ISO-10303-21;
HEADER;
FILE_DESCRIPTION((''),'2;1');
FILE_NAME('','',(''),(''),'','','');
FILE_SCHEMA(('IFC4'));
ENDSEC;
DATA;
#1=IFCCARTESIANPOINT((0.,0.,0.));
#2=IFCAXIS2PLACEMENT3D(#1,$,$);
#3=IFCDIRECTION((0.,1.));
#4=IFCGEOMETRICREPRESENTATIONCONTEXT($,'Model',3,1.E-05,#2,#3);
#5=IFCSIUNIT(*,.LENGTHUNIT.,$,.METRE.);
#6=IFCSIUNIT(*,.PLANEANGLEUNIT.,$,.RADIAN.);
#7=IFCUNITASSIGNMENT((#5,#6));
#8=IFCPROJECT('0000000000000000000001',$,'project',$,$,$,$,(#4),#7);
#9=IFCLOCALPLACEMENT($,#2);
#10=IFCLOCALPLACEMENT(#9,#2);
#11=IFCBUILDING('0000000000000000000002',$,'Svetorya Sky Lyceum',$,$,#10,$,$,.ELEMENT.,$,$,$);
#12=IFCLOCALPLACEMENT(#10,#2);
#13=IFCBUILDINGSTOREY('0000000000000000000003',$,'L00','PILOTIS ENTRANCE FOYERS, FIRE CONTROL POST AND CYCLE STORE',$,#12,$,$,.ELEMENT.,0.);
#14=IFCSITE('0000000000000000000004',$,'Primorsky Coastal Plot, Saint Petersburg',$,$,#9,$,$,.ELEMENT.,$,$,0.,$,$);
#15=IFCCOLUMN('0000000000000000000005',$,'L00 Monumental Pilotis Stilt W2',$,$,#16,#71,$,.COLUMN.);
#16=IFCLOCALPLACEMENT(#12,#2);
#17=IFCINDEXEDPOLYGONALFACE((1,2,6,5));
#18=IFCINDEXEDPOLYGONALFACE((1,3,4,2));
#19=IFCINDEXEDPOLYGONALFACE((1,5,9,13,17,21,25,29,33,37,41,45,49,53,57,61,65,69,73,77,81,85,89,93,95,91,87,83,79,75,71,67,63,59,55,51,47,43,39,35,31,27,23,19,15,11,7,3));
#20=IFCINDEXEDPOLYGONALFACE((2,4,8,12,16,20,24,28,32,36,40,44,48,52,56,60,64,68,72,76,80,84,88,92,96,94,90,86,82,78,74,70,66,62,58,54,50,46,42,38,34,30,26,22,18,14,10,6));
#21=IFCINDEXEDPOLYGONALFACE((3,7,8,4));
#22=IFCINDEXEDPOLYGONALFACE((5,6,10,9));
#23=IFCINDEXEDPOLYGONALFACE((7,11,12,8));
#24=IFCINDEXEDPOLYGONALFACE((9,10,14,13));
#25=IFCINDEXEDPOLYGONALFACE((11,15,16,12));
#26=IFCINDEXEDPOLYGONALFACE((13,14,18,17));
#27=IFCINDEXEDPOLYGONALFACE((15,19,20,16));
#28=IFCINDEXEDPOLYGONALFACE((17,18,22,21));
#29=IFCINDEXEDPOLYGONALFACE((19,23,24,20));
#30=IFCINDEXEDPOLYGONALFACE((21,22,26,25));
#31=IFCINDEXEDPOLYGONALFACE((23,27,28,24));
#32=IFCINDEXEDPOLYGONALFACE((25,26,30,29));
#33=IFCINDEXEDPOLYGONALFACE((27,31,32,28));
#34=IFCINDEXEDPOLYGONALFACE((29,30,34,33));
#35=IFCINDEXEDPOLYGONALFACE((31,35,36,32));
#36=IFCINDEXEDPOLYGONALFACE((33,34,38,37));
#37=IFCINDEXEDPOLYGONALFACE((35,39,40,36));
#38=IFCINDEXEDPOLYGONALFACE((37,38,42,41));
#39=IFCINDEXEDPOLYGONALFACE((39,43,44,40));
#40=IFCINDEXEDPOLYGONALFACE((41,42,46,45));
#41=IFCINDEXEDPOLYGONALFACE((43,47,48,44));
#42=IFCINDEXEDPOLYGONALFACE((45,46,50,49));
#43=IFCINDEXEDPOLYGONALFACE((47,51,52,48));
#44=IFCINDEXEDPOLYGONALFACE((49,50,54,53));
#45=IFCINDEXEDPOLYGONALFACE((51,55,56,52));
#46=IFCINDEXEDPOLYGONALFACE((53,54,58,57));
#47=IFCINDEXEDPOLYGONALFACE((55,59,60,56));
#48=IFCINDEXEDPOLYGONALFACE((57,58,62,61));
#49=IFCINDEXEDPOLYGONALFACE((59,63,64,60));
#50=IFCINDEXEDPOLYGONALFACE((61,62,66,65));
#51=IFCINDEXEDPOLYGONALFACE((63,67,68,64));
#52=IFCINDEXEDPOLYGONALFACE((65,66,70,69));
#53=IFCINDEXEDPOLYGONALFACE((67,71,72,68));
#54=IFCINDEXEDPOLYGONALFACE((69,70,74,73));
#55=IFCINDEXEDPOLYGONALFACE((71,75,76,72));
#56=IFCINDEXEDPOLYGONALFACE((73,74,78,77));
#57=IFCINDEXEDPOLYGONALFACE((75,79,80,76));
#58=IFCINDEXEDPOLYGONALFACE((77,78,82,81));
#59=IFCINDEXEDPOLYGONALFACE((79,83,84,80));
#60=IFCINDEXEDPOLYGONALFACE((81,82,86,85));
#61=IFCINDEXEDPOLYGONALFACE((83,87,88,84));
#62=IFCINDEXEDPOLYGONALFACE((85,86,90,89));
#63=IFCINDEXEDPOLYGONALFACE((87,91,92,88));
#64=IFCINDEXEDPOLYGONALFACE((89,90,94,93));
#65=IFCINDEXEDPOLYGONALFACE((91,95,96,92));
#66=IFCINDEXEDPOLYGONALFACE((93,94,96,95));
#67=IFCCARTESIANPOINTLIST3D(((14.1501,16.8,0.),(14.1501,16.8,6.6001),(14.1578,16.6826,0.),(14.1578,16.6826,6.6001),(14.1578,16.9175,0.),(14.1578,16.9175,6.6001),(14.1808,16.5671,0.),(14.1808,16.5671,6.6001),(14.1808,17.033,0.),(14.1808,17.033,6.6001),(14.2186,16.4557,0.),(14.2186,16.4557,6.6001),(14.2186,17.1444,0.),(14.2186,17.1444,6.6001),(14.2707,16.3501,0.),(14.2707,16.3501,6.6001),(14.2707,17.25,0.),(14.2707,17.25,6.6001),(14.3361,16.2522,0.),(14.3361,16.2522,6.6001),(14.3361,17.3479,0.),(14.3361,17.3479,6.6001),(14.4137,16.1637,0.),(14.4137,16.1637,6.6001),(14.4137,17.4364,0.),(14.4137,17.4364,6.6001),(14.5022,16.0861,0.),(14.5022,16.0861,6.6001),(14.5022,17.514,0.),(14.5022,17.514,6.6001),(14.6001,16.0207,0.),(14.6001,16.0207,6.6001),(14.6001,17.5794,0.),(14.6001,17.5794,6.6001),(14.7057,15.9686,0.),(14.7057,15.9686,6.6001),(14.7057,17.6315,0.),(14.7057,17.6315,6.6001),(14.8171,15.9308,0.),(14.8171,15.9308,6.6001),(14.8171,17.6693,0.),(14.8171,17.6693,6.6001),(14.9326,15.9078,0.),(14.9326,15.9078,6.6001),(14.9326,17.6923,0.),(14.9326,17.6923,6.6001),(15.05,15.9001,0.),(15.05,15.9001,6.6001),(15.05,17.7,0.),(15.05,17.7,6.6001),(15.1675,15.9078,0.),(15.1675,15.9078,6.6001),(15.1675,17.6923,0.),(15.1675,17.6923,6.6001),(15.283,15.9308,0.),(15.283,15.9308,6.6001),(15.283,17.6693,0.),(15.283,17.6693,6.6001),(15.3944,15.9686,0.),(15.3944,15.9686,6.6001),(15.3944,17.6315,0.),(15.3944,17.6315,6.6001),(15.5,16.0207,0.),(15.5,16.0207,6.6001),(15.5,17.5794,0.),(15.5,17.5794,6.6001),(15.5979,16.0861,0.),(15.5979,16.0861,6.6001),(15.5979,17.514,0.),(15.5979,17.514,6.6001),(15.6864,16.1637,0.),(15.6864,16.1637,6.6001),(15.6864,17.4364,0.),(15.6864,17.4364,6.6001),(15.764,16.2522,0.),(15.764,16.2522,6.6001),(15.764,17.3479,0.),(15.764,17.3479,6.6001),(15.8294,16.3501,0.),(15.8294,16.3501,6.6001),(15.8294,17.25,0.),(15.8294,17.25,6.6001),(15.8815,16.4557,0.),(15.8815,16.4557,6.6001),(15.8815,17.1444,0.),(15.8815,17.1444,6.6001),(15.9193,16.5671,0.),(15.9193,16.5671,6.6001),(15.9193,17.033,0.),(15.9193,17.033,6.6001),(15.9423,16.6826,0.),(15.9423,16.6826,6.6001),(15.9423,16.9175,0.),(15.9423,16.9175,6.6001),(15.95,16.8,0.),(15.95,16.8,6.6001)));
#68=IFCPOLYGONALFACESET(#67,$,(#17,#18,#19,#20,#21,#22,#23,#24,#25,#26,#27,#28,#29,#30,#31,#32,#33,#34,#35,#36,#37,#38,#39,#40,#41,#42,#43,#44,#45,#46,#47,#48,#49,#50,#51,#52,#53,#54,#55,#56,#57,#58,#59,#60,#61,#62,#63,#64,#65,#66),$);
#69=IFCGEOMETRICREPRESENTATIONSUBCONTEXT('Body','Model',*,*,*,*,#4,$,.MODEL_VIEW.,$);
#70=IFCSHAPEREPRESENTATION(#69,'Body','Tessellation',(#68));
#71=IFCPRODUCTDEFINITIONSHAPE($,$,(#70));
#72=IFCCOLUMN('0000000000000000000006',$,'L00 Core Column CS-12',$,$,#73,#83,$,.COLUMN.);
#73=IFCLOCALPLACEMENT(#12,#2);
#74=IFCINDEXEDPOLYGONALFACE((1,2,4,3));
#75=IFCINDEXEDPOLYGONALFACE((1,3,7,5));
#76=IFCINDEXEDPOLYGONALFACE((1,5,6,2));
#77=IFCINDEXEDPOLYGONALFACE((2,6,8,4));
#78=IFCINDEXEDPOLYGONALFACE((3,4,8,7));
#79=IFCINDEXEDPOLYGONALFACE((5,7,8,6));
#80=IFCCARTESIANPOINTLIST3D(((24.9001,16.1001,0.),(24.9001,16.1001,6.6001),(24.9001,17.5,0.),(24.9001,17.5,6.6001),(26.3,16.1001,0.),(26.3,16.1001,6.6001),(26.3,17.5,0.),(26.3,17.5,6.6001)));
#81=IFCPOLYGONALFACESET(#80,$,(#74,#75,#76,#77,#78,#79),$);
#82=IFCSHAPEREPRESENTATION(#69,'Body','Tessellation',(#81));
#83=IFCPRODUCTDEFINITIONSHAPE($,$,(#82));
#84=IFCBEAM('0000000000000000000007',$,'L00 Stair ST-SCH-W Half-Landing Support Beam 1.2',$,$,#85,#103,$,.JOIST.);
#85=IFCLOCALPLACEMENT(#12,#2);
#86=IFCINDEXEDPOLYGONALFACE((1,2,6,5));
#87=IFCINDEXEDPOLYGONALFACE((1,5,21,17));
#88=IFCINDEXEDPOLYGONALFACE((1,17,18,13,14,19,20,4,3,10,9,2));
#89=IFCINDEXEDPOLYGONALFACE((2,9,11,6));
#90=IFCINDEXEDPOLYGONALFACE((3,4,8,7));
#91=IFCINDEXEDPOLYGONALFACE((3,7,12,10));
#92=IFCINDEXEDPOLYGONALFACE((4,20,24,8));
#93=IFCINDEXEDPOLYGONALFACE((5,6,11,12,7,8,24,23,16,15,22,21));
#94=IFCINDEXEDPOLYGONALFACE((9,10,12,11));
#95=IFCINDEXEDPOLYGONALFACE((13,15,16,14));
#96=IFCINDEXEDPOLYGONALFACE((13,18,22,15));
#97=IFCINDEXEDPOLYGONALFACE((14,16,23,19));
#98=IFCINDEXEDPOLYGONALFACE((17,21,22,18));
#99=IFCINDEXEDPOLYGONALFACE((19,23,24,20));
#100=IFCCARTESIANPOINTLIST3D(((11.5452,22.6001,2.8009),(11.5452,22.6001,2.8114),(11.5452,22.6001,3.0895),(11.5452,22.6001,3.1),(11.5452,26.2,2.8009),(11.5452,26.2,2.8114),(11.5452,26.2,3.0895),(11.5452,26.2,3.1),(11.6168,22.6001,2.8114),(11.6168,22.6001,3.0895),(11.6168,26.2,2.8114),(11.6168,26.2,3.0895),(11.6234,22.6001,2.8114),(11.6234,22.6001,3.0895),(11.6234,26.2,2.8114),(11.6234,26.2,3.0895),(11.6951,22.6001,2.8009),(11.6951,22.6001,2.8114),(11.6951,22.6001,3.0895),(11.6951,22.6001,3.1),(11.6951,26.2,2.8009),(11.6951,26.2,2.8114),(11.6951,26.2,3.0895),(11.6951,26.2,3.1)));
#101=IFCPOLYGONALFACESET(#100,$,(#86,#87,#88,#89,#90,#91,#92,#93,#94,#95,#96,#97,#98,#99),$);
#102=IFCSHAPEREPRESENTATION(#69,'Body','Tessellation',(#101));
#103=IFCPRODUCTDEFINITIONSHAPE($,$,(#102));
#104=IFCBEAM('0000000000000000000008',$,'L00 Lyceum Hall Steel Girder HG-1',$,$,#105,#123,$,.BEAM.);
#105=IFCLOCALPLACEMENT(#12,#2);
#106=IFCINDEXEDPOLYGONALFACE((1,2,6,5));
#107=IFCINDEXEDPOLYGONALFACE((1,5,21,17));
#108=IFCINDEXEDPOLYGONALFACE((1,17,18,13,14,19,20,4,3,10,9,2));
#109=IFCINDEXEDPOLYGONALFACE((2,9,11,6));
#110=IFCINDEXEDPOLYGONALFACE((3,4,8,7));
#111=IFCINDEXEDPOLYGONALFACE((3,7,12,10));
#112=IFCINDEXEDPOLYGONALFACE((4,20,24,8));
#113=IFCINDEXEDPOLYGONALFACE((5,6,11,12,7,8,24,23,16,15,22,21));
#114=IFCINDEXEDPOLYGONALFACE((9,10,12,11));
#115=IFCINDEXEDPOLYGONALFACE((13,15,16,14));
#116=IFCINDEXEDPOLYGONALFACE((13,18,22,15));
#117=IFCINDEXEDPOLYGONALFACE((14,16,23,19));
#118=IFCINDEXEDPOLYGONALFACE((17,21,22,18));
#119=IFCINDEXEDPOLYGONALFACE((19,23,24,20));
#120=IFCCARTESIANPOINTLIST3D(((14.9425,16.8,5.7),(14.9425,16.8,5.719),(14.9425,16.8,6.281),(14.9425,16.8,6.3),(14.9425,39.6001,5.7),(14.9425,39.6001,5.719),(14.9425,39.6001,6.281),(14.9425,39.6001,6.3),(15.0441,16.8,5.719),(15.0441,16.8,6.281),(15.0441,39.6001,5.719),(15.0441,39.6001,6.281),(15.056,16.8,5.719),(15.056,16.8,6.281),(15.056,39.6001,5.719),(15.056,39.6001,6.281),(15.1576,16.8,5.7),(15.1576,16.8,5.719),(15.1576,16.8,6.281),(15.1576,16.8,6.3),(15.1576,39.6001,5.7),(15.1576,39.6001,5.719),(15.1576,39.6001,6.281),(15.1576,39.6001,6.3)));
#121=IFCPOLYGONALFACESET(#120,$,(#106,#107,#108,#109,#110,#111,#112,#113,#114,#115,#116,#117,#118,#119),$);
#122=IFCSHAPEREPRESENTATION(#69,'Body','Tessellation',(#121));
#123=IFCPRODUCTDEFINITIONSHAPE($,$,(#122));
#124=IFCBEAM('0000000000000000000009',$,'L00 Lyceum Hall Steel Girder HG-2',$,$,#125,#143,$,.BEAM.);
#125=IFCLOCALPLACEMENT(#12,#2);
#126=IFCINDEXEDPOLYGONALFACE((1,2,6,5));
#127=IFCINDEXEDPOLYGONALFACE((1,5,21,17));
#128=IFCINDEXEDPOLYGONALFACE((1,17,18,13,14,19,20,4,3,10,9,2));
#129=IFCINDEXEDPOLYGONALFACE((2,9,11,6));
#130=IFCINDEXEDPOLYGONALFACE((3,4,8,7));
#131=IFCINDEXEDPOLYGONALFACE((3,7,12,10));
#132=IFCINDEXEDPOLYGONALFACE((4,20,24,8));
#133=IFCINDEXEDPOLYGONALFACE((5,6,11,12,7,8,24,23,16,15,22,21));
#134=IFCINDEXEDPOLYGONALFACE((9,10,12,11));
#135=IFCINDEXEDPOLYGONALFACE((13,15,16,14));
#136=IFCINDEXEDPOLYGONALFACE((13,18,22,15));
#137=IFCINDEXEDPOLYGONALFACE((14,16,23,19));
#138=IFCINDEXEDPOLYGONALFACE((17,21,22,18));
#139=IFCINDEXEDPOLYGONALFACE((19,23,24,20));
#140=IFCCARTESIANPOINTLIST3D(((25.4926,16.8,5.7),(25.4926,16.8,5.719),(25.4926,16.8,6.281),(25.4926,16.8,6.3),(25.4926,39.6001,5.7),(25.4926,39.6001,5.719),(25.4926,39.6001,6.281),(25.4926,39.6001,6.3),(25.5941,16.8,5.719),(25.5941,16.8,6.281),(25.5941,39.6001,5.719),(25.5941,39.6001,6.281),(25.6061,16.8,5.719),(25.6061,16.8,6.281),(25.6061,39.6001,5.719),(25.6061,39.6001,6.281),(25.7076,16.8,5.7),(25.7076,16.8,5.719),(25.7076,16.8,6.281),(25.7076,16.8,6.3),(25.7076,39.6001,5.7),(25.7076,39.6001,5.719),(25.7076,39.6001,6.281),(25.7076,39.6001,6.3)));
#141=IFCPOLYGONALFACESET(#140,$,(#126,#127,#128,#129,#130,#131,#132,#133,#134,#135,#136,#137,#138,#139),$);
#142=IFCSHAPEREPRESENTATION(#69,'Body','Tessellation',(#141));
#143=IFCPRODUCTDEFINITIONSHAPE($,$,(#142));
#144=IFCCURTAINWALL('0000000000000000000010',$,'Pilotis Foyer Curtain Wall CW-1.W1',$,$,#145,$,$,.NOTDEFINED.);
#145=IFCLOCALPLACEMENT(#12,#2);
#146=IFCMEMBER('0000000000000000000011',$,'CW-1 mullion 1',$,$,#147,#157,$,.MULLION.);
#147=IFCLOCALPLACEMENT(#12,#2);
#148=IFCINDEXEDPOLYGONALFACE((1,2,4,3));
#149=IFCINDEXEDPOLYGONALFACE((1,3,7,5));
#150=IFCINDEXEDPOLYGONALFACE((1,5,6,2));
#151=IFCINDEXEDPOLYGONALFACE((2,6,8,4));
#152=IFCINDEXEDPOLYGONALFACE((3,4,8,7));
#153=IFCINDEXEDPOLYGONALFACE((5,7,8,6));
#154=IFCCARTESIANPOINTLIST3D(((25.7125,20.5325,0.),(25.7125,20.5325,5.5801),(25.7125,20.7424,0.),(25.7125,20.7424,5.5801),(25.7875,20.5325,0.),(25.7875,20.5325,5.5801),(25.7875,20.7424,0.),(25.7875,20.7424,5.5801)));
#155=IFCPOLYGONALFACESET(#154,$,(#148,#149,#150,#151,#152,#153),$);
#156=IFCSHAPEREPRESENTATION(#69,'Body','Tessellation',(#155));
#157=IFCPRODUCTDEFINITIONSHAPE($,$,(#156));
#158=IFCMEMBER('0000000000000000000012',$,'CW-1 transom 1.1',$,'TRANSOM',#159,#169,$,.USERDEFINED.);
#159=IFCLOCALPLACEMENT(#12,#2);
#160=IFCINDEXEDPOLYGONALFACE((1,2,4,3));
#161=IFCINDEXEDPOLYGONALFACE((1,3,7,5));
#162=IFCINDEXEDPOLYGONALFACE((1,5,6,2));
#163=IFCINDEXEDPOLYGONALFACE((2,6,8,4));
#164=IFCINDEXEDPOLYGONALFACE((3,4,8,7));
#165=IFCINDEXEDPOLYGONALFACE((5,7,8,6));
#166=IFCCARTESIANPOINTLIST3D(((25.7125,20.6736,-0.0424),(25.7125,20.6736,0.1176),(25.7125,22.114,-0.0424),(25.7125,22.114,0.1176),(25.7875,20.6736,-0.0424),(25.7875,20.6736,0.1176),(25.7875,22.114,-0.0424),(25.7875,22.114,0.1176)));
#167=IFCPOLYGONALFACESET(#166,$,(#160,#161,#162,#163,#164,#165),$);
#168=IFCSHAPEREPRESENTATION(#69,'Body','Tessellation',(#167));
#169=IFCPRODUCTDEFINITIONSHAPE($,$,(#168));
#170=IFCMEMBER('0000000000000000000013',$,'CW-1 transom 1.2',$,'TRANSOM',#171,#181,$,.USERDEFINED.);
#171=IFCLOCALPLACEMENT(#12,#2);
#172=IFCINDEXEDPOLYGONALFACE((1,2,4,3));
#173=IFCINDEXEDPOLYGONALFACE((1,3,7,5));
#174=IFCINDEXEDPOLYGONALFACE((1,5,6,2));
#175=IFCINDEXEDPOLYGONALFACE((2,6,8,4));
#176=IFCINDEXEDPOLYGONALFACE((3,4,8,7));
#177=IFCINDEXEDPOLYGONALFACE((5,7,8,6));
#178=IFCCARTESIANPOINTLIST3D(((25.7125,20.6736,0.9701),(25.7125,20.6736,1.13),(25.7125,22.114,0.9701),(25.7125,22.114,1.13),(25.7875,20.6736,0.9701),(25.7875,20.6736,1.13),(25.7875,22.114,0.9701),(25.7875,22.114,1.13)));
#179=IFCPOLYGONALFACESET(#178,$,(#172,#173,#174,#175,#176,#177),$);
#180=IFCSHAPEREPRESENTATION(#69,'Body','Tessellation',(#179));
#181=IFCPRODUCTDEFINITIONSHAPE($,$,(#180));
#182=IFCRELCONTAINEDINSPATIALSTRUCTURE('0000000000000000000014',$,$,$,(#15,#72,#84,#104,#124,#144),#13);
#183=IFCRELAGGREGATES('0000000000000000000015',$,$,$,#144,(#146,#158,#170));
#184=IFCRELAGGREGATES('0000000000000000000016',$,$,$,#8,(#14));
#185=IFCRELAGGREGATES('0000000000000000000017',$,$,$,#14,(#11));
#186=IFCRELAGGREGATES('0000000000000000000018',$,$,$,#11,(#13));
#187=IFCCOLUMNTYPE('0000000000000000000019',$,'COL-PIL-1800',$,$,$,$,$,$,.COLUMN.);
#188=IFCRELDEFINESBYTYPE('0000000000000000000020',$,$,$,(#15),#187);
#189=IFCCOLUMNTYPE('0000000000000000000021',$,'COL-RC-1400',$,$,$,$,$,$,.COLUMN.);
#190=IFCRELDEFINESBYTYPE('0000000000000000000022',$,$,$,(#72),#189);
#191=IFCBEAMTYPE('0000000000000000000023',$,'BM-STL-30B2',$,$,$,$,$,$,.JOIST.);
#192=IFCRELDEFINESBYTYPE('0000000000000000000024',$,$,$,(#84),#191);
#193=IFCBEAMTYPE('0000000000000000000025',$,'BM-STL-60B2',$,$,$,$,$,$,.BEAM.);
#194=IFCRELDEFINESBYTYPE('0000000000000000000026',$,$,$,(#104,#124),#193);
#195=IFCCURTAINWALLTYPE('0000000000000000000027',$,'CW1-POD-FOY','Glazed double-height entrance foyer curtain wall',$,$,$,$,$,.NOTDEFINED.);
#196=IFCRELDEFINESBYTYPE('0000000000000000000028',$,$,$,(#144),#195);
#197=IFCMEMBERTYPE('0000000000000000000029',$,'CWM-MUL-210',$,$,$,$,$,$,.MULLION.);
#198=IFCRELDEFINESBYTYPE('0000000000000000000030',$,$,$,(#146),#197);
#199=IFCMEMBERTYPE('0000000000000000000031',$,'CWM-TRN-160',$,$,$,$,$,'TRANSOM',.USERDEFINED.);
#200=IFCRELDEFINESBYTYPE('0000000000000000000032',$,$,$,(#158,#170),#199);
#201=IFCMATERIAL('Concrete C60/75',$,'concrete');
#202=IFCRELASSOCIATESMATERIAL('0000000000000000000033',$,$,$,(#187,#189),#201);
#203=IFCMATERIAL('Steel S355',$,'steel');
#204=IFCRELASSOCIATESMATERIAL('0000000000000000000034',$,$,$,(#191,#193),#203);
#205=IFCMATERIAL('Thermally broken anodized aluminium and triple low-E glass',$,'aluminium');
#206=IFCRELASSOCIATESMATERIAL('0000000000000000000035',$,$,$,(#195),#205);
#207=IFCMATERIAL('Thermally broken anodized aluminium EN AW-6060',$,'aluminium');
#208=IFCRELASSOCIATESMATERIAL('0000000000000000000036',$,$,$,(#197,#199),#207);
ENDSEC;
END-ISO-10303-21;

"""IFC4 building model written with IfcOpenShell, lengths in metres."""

from ifc_helpers import new_model, si_unit, direction, frame, origin, origin_2d, place, context, subcontext, project, spatial, rectangle, circle, i_section, extrude, material, material_profile, profile_set, type_object, element, aggregate, save


model = new_model("IFC4")

# Units and contexts
model_context = context("Model", 3, precision=1e-05, world=origin(), true_north=direction((0.0, 1.0)))
body_context = subcontext(model_context, "Body", "Model", "MODEL_VIEW")
ifc_project = project(units=[si_unit("LENGTHUNIT", "METRE"), si_unit("PLANEANGLEUNIT", "RADIAN")], contexts=[model_context])

# Site, building, storey
site_placement = place(None, origin())
site = spatial("IfcSite", under=ifc_project, at=site_placement, Name="Primorsky Coastal Plot, Saint Petersburg", CompositionType="ELEMENT", RefElevation=0.0)
building_placement = place(site_placement, origin())
building = spatial("IfcBuilding", under=site, at=building_placement, Name="Svetorya Sky Lyceum", CompositionType="ELEMENT")
storey_placement = place(building_placement, origin())
storey = spatial("IfcBuildingStorey", under=building, at=storey_placement, Name="L00", Description="PILOTIS ENTRANCE FOYERS, FIRE CONTROL POST AND CYCLE STORE", CompositionType="ELEMENT", Elevation=0.0)

# Columns
ifc_material_1 = material(Name="Concrete C60/75", Category="concrete")
ifc_material_profile_1 = material_profile(ifc_material_1, circle(Radius=0.8999, at=origin_2d()), Name="RC PILOTI D1800")
ifc_profile_set_1 = profile_set([ifc_material_profile_1], Name="Concrete C60/75")
column_type_1 = type_object("IfcColumnType", Name="COL-PIL-1800", PredefinedType="COLUMN", material=ifc_profile_set_1)
column_1_placement = place(storey_placement, frame((15.05, 16.8, 0.0), z_axis=(0.0, 0.0, 1.0), x_axis=(1.0, 0.0, 0.0)))
element("IfcColumn", 1, at=column_1_placement, inside=storey, type_object=column_type_1, Name="L00 Monumental Pilotis Stilt W2", PredefinedType="COLUMN", context=body_context, shape_type="SweptSolid", body=[
    extrude(circle(Radius=0.8999, at=origin_2d()), origin(), (0.0, 0.0, 1.0), 6.6001),
])
ifc_material_profile_2 = material_profile(ifc_material_1, rectangle(XDim=1.3999, YDim=1.3999, at=origin_2d()), Name="RC COL 1400x1400")
ifc_profile_set_2 = profile_set([ifc_material_profile_2], Name="Concrete C60/75")
column_type_2 = type_object("IfcColumnType", Name="COL-RC-1400", PredefinedType="COLUMN", material=ifc_profile_set_2)
column_2_placement = place(storey_placement, frame((25.6001, 16.8, 0.0), z_axis=(0.0, 0.0, 1.0), x_axis=(1.0, 0.0, 0.0)))
element("IfcColumn", 2, at=column_2_placement, inside=storey, type_object=column_type_2, Name="L00 Core Column CS-12", PredefinedType="COLUMN", context=body_context, shape_type="SweptSolid", body=[
    extrude(rectangle(XDim=1.3999, YDim=1.3999, at=origin_2d()), origin(), (0.0, 0.0, 1.0), 6.6001),
])

# Beams
ifc_material_2 = material(Name="Steel S355", Category="steel")
ifc_material_profile_3 = material_profile(ifc_material_2, i_section(OverallWidth=0.1499, OverallDepth=0.2991, WebThickness=0.0066, FlangeThickness=0.0105, at=origin_2d()), Name="GOST 30B2")
ifc_profile_set_3 = profile_set([ifc_material_profile_3], Name="Steel S355")
beam_type_1 = type_object("IfcBeamType", Name="BM-STL-30B2", PredefinedType="JOIST", material=ifc_profile_set_3)
beam_placement = place(storey_placement, frame((11.6201, 22.6001, 2.9504), z_axis=(0.0, 1.0, 0.0), x_axis=(-1.0, 0.0, 0.0)))
element("IfcBeam", 3, at=beam_placement, inside=storey, type_object=beam_type_1, Name="L00 Stair ST-SCH-W Half-Landing Support Beam 1.2", PredefinedType="JOIST", context=body_context, shape_type="SweptSolid", body=[
    extrude(i_section(OverallWidth=0.1499, OverallDepth=0.2991, WebThickness=0.0066, FlangeThickness=0.0105, at=origin_2d()), origin(), (0.0, 0.0, 1.0), 3.5999),
])
ifc_material_profile_4 = material_profile(ifc_material_2, i_section(OverallWidth=0.2151, OverallDepth=0.6001, WebThickness=0.012, FlangeThickness=0.019, at=origin_2d()), Name="GOST 60B2")
ifc_profile_set_4 = profile_set([ifc_material_profile_4], Name="Steel S355")
beam_type_2 = type_object("IfcBeamType", Name="BM-STL-60B2", PredefinedType="BEAM", material=ifc_profile_set_4)
for number, where, z_axis, x_axis, name in (
    (4, (15.05, 16.8, 6.0), (0.0, 1.0, 0.0), (-1.0, 0.0, 0.0), "L00 Lyceum Hall Steel Girder HG-1"),
    (5, (25.6001, 16.8, 6.0), (0.0, 1.0, 0.0), (-1.0, 0.0, 0.0), "L00 Lyceum Hall Steel Girder HG-2"),
):
    element("IfcBeam", number, at=place(storey_placement, frame(where, z_axis=z_axis, x_axis=x_axis)), inside=storey, type_object=beam_type_2, Name=name, PredefinedType="BEAM", context=body_context, shape_type="SweptSolid", body=[
        extrude(i_section(OverallWidth=0.2151, OverallDepth=0.6001, WebThickness=0.012, FlangeThickness=0.019, at=origin_2d()), origin(), (0.0, 0.0, 1.0), 22.8),
    ])

# Curtain wall, members
ifc_material_3 = material(Name="Thermally broken anodized aluminium and triple low-E glass", Category="aluminium")
curtain_wall_type = type_object("IfcCurtainWallType", Name="CW1-POD-FOY", Description="Glazed double-height entrance foyer curtain wall", PredefinedType="NOTDEFINED", material=ifc_material_3)
curtain_wall_placement = place(storey_placement, origin())
curtain_wall = element("IfcCurtainWall", 6, at=curtain_wall_placement, inside=storey, type_object=curtain_wall_type, Name="Pilotis Foyer Curtain Wall CW-1.W1", PredefinedType="NOTDEFINED")
ifc_material_4 = material(Name="Thermally broken anodized aluminium EN AW-6060", Category="aluminium")
ifc_material_profile_5 = material_profile(ifc_material_4, rectangle(XDim=0.075, YDim=0.21, at=origin_2d()), Name="ALU MULLION 75x210")
ifc_profile_set_5 = profile_set([ifc_material_profile_5], Name="Thermally broken anodized aluminium EN AW-6060")
member_type_1 = type_object("IfcMemberType", Name="CWM-MUL-210", PredefinedType="MULLION", material=ifc_profile_set_5)
member_1_placement = place(storey_placement, frame((25.75, 20.6375, 0.0), z_axis=(0.0, 0.0, 1.0), x_axis=(-1.0, 0.0, 0.0)))
member_1 = element("IfcMember", 7, at=member_1_placement, type_object=member_type_1, Name="CW-1 mullion 1", PredefinedType="MULLION", context=body_context, shape_type="SweptSolid", body=[
    extrude(rectangle(XDim=0.075, YDim=0.21, at=origin_2d()), origin(), (0.0, 0.0, 1.0), 5.5801),
])
ifc_material_profile_6 = material_profile(ifc_material_4, rectangle(XDim=0.075, YDim=0.1599, at=origin_2d()), Name="ALU TRANSOM 75x160")
ifc_profile_set_6 = profile_set([ifc_material_profile_6], Name="Thermally broken anodized aluminium EN AW-6060")
member_type_2 = type_object("IfcMemberType", Name="CWM-TRN-160", ElementType="TRANSOM", PredefinedType="USERDEFINED", material=ifc_profile_set_6)
member_2_placement = place(storey_placement, frame((25.75, 20.6736, 0.0376), z_axis=(0.0, 1.0, 0.0), x_axis=(-1.0, 0.0, 0.0)))
member_2 = element("IfcMember", 8, at=member_2_placement, type_object=member_type_2, Name="CW-1 transom 1.1", ObjectType="TRANSOM", PredefinedType="USERDEFINED", context=body_context, shape_type="SweptSolid", body=[
    extrude(rectangle(XDim=0.075, YDim=0.1599, at=origin_2d()), origin(), (0.0, 0.0, 1.0), 1.4404),
])
member_3_placement = place(storey_placement, frame((25.75, 20.6736, 1.05), z_axis=(0.0, 1.0, 0.0), x_axis=(-1.0, 0.0, 0.0)))
member_3 = element("IfcMember", 9, at=member_3_placement, type_object=member_type_2, Name="CW-1 transom 1.2", ObjectType="TRANSOM", PredefinedType="USERDEFINED", context=body_context, shape_type="SweptSolid", body=[
    extrude(rectangle(XDim=0.075, YDim=0.1599, at=origin_2d()), origin(), (0.0, 0.0, 1.0), 1.4404),
])
aggregate(curtain_wall, [member_1, member_2, member_3])

save(model, "model.ifc")
